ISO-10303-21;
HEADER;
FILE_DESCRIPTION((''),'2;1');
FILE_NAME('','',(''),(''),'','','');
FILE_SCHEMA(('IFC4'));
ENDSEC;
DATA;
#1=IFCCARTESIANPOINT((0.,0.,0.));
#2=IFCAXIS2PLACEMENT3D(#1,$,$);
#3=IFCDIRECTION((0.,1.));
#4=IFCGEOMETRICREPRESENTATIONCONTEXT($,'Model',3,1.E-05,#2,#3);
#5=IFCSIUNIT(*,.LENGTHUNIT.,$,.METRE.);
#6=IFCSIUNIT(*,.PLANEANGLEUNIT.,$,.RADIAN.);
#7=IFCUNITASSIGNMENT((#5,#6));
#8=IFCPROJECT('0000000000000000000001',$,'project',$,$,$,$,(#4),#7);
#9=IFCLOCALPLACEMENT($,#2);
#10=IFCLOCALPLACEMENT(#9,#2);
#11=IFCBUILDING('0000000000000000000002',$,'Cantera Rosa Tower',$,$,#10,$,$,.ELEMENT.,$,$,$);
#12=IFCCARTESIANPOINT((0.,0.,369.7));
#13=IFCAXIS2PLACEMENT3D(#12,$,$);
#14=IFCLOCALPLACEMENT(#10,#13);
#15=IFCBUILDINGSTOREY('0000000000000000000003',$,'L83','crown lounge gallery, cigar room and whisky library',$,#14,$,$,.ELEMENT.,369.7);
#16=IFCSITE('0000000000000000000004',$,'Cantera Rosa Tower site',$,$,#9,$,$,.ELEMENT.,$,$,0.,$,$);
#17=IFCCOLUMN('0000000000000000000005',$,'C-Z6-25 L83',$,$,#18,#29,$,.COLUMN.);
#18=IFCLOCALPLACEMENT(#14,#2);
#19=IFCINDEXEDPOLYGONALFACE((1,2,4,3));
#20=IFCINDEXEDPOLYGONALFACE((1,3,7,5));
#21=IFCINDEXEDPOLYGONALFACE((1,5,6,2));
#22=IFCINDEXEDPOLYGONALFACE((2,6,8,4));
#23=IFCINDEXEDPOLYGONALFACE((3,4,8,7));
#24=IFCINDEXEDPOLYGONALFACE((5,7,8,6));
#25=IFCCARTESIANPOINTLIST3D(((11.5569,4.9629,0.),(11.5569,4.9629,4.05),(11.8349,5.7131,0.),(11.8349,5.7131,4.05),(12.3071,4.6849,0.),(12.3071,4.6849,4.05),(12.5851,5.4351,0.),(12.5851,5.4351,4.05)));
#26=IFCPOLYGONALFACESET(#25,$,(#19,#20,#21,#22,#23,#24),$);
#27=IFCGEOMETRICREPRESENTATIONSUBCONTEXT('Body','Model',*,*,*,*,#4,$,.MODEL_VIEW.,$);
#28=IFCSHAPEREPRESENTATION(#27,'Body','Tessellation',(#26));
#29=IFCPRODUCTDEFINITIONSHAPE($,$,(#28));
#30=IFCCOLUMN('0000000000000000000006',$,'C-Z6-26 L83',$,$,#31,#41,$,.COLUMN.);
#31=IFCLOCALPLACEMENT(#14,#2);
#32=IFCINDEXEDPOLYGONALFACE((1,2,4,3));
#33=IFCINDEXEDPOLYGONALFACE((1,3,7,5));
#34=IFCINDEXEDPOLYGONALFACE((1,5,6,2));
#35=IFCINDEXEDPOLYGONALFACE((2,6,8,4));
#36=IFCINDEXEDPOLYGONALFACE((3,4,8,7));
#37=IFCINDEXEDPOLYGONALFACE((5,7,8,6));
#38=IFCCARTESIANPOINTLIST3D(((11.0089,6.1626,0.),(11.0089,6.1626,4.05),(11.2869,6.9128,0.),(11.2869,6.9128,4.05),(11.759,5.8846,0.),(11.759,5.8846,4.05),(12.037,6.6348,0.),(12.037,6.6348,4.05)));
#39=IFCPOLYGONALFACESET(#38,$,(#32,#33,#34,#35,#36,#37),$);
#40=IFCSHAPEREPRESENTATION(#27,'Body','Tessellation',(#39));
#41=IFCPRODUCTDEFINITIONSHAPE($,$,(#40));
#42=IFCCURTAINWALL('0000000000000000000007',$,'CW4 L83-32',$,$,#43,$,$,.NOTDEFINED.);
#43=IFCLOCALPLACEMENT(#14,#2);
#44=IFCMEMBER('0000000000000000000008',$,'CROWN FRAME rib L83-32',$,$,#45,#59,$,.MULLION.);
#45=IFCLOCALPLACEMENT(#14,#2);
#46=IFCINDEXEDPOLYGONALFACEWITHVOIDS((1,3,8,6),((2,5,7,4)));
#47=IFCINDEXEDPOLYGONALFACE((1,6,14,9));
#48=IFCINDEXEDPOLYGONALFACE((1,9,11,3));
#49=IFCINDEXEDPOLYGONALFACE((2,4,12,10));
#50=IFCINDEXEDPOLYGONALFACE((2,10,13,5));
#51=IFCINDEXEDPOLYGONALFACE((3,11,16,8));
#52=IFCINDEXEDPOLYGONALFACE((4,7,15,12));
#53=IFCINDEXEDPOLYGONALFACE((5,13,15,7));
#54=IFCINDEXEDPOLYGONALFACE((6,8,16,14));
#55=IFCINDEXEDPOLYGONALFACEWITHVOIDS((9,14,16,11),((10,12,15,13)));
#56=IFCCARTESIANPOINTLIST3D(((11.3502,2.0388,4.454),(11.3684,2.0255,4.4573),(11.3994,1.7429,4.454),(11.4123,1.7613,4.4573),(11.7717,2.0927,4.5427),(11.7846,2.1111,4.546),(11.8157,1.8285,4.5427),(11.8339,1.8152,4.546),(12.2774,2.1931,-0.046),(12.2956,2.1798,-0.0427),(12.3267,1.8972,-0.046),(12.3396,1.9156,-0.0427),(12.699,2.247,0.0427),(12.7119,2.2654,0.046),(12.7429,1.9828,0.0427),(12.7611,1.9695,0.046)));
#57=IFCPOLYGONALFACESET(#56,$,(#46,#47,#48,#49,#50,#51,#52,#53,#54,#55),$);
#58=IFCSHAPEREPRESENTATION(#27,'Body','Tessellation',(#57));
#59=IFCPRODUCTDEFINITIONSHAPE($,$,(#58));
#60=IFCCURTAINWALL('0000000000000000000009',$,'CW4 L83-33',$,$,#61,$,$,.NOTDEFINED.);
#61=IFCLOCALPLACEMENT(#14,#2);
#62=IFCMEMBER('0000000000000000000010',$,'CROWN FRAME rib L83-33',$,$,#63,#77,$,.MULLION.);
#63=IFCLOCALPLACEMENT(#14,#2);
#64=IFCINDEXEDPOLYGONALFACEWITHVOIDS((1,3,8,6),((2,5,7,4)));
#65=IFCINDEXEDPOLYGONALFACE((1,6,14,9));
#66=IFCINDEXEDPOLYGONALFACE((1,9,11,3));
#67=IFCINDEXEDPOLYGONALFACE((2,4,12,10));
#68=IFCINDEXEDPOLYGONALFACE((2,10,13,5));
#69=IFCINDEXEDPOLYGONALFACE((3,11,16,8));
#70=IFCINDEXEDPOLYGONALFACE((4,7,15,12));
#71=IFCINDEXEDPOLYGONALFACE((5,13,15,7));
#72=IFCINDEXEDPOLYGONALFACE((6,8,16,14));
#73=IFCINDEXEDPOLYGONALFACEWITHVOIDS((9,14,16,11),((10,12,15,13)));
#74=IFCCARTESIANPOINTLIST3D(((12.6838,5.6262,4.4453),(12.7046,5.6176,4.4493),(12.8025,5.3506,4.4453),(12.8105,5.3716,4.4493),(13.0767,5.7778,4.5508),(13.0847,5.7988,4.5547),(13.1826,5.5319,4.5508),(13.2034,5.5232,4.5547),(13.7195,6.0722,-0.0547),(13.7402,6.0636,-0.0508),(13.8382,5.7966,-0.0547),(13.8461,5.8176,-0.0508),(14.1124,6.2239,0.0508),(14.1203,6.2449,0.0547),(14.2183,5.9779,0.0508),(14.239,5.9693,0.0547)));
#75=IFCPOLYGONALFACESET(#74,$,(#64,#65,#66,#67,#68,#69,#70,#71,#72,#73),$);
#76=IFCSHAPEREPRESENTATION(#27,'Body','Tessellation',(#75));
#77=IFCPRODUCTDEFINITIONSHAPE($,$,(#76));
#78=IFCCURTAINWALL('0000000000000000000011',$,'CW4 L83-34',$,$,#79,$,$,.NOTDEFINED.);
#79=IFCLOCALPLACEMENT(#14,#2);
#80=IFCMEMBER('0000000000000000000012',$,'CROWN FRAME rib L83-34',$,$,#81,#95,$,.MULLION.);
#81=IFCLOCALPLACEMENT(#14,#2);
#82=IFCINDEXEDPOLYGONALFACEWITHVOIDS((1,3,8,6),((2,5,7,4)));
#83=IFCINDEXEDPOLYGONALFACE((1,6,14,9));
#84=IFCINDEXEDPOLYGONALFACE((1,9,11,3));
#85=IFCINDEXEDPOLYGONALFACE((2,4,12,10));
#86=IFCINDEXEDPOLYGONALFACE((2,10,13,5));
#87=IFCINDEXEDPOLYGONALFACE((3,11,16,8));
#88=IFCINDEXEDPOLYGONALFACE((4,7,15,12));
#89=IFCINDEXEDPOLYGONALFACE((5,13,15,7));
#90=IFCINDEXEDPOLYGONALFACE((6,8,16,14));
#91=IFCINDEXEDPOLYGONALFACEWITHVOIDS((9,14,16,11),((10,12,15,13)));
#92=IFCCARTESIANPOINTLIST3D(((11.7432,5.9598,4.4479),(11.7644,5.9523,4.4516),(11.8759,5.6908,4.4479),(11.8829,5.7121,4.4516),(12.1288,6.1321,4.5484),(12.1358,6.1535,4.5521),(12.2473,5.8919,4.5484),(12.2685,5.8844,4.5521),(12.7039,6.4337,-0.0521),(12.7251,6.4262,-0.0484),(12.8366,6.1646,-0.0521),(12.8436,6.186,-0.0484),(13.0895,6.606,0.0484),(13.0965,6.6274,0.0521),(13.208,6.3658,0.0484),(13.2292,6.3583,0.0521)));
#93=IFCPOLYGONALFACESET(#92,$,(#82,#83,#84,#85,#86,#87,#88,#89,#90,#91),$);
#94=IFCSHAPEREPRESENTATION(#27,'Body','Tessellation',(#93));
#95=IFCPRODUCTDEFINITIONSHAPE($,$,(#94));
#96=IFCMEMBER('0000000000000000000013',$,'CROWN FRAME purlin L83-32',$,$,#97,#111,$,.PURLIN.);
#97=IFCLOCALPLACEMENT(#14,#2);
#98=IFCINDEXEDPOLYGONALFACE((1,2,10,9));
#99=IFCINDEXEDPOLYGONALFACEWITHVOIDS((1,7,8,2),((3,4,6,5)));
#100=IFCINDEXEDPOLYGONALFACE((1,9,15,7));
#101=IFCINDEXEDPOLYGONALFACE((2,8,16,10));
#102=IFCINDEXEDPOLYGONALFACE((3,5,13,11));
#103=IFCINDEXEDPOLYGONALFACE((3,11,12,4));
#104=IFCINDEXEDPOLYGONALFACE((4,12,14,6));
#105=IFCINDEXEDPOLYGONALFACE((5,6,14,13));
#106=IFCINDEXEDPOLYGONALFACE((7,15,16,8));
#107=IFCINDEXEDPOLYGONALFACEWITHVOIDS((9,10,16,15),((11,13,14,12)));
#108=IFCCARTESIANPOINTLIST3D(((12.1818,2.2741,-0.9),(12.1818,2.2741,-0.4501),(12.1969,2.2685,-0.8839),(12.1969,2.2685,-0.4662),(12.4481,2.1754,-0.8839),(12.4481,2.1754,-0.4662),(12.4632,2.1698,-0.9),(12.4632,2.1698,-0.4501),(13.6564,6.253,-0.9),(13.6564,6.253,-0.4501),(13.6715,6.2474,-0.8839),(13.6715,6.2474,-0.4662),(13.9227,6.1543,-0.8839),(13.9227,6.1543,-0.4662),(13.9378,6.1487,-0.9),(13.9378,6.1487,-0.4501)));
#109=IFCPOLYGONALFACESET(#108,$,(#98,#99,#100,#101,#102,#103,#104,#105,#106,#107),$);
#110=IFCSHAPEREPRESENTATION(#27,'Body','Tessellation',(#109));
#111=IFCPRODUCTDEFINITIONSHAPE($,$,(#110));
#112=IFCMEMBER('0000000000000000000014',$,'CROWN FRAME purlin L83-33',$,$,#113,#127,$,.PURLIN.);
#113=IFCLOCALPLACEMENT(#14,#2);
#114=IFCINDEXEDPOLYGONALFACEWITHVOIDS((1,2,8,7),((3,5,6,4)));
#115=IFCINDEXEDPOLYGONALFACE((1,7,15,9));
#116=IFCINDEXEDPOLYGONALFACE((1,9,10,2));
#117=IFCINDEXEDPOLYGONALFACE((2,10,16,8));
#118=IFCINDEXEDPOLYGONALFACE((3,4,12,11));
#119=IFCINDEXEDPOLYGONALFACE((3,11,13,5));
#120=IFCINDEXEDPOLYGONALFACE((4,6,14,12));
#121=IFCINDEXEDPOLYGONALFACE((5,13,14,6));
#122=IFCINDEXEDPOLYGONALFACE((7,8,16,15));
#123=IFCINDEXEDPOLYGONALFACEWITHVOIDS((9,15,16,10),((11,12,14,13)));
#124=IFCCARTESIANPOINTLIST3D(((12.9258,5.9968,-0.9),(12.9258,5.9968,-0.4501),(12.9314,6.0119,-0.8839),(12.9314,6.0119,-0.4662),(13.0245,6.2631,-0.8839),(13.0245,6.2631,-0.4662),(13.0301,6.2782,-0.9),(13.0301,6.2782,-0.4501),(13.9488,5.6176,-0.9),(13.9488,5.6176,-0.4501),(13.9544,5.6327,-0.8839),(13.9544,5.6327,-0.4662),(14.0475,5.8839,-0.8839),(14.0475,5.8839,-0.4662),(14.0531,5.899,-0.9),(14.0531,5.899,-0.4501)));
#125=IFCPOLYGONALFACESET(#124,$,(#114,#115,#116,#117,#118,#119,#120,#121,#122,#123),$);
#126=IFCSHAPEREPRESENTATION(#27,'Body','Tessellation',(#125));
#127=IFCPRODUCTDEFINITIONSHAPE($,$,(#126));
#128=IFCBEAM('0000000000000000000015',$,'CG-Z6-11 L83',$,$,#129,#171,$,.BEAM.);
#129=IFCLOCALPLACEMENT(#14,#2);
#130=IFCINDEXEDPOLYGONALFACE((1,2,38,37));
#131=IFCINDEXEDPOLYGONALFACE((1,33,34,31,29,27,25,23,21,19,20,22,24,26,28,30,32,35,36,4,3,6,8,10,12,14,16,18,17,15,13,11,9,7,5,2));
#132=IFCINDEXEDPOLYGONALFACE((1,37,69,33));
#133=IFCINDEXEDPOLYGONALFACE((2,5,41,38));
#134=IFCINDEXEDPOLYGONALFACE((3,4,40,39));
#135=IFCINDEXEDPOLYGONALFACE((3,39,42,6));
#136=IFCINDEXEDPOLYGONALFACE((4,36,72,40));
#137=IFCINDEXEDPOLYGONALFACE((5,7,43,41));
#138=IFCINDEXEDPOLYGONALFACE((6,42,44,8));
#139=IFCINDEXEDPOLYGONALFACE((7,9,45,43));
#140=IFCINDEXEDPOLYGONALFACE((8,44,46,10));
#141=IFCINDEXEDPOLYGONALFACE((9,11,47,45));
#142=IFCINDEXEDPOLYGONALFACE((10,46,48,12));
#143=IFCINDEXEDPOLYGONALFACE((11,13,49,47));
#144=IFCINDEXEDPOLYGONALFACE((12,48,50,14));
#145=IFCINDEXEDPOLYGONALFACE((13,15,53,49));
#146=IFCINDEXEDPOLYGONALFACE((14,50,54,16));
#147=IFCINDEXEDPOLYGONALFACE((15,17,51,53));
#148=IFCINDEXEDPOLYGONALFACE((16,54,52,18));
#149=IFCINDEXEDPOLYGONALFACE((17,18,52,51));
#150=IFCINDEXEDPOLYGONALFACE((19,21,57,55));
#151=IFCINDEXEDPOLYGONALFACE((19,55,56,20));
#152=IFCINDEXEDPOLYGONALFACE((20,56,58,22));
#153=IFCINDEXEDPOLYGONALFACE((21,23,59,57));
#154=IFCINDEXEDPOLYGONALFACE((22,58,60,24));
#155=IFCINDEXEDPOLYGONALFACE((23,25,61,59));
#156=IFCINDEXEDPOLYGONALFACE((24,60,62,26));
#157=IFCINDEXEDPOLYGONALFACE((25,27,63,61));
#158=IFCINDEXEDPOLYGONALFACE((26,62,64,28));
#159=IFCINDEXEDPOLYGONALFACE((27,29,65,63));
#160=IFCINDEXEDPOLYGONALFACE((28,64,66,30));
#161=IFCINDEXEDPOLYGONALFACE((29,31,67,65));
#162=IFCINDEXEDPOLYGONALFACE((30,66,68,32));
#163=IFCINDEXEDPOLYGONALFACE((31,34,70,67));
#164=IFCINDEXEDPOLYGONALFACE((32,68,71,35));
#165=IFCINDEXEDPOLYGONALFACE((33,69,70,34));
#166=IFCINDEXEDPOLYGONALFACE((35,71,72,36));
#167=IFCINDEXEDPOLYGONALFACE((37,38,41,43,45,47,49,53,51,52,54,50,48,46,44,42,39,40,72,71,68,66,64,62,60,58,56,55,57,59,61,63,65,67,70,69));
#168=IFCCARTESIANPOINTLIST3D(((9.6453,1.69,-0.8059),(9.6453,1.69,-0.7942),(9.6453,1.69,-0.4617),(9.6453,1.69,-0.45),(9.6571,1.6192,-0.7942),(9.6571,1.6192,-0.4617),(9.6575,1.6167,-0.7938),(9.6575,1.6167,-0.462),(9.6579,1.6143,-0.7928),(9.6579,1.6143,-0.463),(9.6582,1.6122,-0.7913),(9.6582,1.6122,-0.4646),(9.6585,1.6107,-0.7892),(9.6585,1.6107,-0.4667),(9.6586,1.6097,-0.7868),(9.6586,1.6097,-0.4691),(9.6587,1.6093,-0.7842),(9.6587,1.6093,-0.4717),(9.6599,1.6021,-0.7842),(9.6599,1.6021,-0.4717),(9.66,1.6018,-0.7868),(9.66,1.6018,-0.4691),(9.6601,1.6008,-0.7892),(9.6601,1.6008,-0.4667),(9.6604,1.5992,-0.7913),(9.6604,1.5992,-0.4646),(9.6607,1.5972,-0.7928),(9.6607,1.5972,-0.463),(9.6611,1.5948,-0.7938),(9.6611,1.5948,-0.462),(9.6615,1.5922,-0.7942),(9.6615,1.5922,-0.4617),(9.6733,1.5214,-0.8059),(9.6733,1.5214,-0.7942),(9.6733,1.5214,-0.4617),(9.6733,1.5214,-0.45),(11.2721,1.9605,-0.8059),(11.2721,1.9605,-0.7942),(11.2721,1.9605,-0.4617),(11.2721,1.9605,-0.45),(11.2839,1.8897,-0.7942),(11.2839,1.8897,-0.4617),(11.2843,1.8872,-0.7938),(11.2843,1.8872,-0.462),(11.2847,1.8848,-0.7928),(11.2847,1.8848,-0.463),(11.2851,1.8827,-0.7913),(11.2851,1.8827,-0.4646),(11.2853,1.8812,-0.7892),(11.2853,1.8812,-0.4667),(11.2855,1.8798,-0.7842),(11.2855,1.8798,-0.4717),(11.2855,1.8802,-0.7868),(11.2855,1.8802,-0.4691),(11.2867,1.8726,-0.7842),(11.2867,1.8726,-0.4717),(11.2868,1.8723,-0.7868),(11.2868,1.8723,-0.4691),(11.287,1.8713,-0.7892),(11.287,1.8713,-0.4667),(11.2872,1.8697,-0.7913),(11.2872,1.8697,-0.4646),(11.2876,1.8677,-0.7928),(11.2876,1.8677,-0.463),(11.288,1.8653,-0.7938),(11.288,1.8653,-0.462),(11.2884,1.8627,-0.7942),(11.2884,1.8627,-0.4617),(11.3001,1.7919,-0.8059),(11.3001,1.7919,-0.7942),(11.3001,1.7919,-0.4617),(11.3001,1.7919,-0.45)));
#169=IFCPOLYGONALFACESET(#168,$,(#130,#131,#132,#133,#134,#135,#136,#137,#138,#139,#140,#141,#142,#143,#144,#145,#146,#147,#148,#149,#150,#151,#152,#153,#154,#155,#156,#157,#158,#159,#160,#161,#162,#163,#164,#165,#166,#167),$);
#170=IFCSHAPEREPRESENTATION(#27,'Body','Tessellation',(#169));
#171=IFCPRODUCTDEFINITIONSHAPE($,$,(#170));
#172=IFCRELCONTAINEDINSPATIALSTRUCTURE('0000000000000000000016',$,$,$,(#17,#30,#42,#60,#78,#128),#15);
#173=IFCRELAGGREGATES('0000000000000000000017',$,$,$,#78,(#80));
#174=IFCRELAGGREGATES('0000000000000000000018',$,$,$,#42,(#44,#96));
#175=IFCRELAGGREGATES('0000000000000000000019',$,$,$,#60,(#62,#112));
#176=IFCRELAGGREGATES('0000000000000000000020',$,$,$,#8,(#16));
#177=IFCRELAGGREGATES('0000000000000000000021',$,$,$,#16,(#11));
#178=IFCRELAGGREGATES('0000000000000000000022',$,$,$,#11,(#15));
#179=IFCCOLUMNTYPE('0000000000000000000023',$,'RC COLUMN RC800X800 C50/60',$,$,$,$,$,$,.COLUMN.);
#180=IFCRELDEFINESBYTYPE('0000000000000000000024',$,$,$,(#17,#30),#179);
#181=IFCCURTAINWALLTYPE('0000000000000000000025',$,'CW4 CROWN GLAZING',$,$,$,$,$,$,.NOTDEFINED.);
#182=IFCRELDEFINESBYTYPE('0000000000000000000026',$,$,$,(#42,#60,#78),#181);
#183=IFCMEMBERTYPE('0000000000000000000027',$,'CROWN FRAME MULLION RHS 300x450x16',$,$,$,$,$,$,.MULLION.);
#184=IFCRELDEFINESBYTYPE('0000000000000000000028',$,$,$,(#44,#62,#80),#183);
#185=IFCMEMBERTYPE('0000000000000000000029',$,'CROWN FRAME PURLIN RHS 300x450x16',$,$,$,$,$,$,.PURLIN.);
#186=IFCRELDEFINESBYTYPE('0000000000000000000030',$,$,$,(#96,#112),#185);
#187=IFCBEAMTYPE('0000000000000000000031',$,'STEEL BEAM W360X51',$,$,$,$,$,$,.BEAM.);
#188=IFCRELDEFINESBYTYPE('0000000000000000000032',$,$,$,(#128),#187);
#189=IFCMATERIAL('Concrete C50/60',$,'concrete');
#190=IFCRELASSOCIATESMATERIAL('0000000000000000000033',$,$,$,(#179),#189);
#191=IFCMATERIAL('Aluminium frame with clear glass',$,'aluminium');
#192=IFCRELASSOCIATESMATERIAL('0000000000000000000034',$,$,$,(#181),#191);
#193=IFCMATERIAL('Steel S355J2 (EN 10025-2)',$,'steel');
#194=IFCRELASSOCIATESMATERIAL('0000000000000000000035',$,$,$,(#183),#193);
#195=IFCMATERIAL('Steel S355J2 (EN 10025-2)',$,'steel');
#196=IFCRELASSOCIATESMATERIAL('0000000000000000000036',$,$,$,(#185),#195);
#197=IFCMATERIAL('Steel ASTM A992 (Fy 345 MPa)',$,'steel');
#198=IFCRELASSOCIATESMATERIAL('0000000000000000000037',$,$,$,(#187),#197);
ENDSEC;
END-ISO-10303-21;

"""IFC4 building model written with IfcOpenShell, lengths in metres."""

from ifc_helpers import new_model, si_unit, direction, frame, origin, origin_2d, place, context, subcontext, project, spatial, rectangle, hollow_rectangle, i_section, extrude, material, material_profile, profile_set, type_object, element, aggregate, save


model = new_model("IFC4")

# Units and contexts
model_context = context("Model", 3, precision=1e-05, world=origin(), true_north=direction((0.0, 1.0)))
body_context = subcontext(model_context, "Body", "Model", "MODEL_VIEW")
ifc_project = project(units=[si_unit("LENGTHUNIT", "METRE"), si_unit("PLANEANGLEUNIT", "RADIAN")], contexts=[model_context])

# Site, building, storey
site_placement = place(None, origin())
site = spatial("IfcSite", under=ifc_project, at=site_placement, Name="Cantera Rosa Tower site", CompositionType="ELEMENT", RefElevation=0.0)
building_placement = place(site_placement, origin())
building = spatial("IfcBuilding", under=site, at=building_placement, Name="Cantera Rosa Tower", CompositionType="ELEMENT")
storey_placement = place(building_placement, frame((0.0, 0.0, 369.7)))
storey = spatial("IfcBuildingStorey", under=building, at=storey_placement, Name="L83", Description="crown lounge gallery, cigar room and whisky library", CompositionType="ELEMENT", Elevation=369.7)

# Columns
ifc_material_1 = material(Name="Concrete C50/60", Category="concrete")
ifc_material_profile_1 = material_profile(ifc_material_1, rectangle(XDim=0.8, YDim=0.8, at=origin_2d()), Name="RC COLUMN RC800X800 C50/60")
ifc_profile_set_1 = profile_set([ifc_material_profile_1], Name="Concrete C50/60")
column_type = type_object("IfcColumnType", Name="RC COLUMN RC800X800 C50/60", PredefinedType="COLUMN", material=ifc_profile_set_1)
for number, where, z_axis, x_axis, name in (
    (1, (12.071, 5.199, 0.0), (0.0, 0.0, 1.0), (0.347481, 0.937687, 0.0), "C-Z6-25 L83"),
    (2, (11.5229, 6.3987, 0.0), (0.0, 0.0, 1.0), (0.347481, 0.937687, 0.0), "C-Z6-26 L83"),
):
    element("IfcColumn", number, at=place(storey_placement, frame(where, z_axis=z_axis, x_axis=x_axis)), inside=storey, type_object=column_type, Name=name, PredefinedType="COLUMN", context=body_context, shape_type="SweptSolid", body=[
        extrude(rectangle(XDim=0.8, YDim=0.8, at=origin_2d()), origin(), (0.0, 0.0, 1.0), 4.05),
    ])

# Curtain walls, members
ifc_material_2 = material(Name="Aluminium frame with clear glass", Category="aluminium")
curtain_wall_type = type_object("IfcCurtainWallType", Name="CW4 CROWN GLAZING", PredefinedType="NOTDEFINED", material=ifc_material_2)
curtain_wall_1_placement = place(storey_placement, origin())
curtain_wall_1 = element("IfcCurtainWall", 3, at=curtain_wall_1_placement, inside=storey, type_object=curtain_wall_type, Name="CW4 L83-32", PredefinedType="NOTDEFINED")
ifc_material_3 = material(Name="Steel S355J2 (EN 10025-2)", Category="steel")
ifc_material_profile_2 = material_profile(ifc_material_3, hollow_rectangle(XDim=0.3, YDim=0.45, WallThickness=0.0161, at=origin_2d()), Name="CROWN FRAME MULLION RHS 300x450x16")
ifc_profile_set_2 = profile_set([ifc_material_profile_2], Name="Steel S355J2 (EN 10025-2)")
member_type_1 = type_object("IfcMemberType", Name="CROWN FRAME MULLION RHS 300x450x16", PredefinedType="MULLION", material=ifc_profile_set_2)
member_1_placement = place(storey_placement, frame((12.5193, 2.0813, 0.0), z_axis=(-0.201701, -0.033564, 0.978872), x_axis=(0.164146, -0.986436, 0.0)))
member_1 = element("IfcMember", 4, at=member_1_placement, type_object=member_type_1, Name="CROWN FRAME rib L83-32", PredefinedType="MULLION", context=body_context, shape_type="SweptSolid", body=[
    extrude(hollow_rectangle(XDim=0.3, YDim=0.45, WallThickness=0.0161, at=origin_2d()), origin(), (0.0, 0.0, 1.0), 4.5972),
])
curtain_wall_2_placement = place(storey_placement, origin())
curtain_wall_2 = element("IfcCurtainWall", 5, at=curtain_wall_2_placement, inside=storey, type_object=curtain_wall_type, Name="CW4 L83-33", PredefinedType="NOTDEFINED")
member_2_placement = place(storey_placement, frame((13.9792, 6.0208, 0.0), z_axis=(-0.223241, -0.096148, 0.97001), x_axis=(0.395565, -0.918438, 0.0)))
member_2 = element("IfcMember", 6, at=member_2_placement, type_object=member_type_1, Name="CROWN FRAME rib L83-33", PredefinedType="MULLION", context=body_context, shape_type="SweptSolid", body=[
    extrude(hollow_rectangle(XDim=0.3, YDim=0.45, WallThickness=0.0161, at=origin_2d()), origin(), (0.0, 0.0, 1.0), 4.6392),
])
curtain_wall_3_placement = place(storey_placement, origin())
curtain_wall_3 = element("IfcCurtainWall", 7, at=curtain_wall_3_placement, inside=storey, type_object=curtain_wall_type, Name="CW4 L83-34", PredefinedType="NOTDEFINED")
member_3_placement = place(storey_placement, frame((12.9666, 6.396, 0.0), z_axis=(-0.207684, -0.102443, 0.972817), x_axis=(0.442375, -0.89683, 0.0)))
member_3 = element("IfcMember", 8, at=member_3_placement, type_object=member_type_1, Name="CROWN FRAME rib L83-34", PredefinedType="MULLION", context=body_context, shape_type="SweptSolid", body=[
    extrude(hollow_rectangle(XDim=0.3, YDim=0.45, WallThickness=0.0161, at=origin_2d()), origin(), (0.0, 0.0, 1.0), 4.6257),
])

# Members
ifc_material_4 = material(Name="Steel S355J2 (EN 10025-2)", Category="steel")
ifc_material_profile_3 = material_profile(ifc_material_4, hollow_rectangle(XDim=0.3, YDim=0.45, WallThickness=0.0161, at=origin_2d()), Name="CROWN FRAME PURLIN RHS 300x450x16")
ifc_profile_set_3 = profile_set([ifc_material_profile_3], Name="Steel S355J2 (EN 10025-2)")
member_type_2 = type_object("IfcMemberType", Name="CROWN FRAME PURLIN RHS 300x450x16", PredefinedType="PURLIN", material=ifc_profile_set_3)
member_4_placement = place(storey_placement, frame((12.3225, 2.2219, -0.675), z_axis=(0.347502, 0.937679, 0.0), x_axis=(-0.937679, 0.347502, 0.0)))
member_4 = element("IfcMember", 9, at=member_4_placement, type_object=member_type_2, Name="CROWN FRAME purlin L83-32", PredefinedType="PURLIN", context=body_context, shape_type="SweptSolid", body=[
    extrude(hollow_rectangle(XDim=0.3, YDim=0.45, WallThickness=0.0161, at=origin_2d()), origin(), (0.0, 0.0, 1.0), 4.2434),
])
member_5_placement = place(storey_placement, frame((14.001, 5.7583, -0.675), z_axis=(-0.937665, 0.34754, 0.0), x_axis=(-0.34754, -0.937665, 0.0)))
member_5 = element("IfcMember", 10, at=member_5_placement, type_object=member_type_2, Name="CROWN FRAME purlin L83-33", PredefinedType="PURLIN", context=body_context, shape_type="SweptSolid", body=[
    extrude(hollow_rectangle(XDim=0.3, YDim=0.45, WallThickness=0.0161, at=origin_2d()), origin(), (0.0, 0.0, 1.0), 1.0911),
])

# Beam
ifc_material_5 = material(Name="Steel ASTM A992 (Fy 345 MPa)", Category="steel")
ifc_material_profile_4 = material_profile(ifc_material_5, i_section(OverallWidth=0.1709, OverallDepth=0.356, WebThickness=0.0073, FlangeThickness=0.0117, FilletRadius=0.01, at=origin_2d()), Name="W360X51")
ifc_profile_set_4 = profile_set([ifc_material_profile_4], Name="Steel ASTM A992 (Fy 345 MPa)")
beam_type_1 = type_object("IfcBeamType", Name="STEEL BEAM W360X51", PredefinedType="BEAM", material=ifc_profile_set_4)
beam_1_placement = place(storey_placement, frame((11.2861, 1.8762, -0.6279), z_axis=(-0.986458, -0.164015, 0.0), x_axis=(0.164015, -0.986458, 0.0)))
element("IfcBeam", 11, at=beam_1_placement, inside=storey, type_object=beam_type_1, Name="CG-Z6-11 L83", PredefinedType="BEAM", context=body_context, shape_type="SweptSolid", body=[
    extrude(i_section(OverallWidth=0.1709, OverallDepth=0.356, WebThickness=0.0073, FlangeThickness=0.0117, FilletRadius=0.01, at=origin_2d()), origin(), (0.0, 0.0, 1.0), 1.6492),
])

aggregate(curtain_wall_3, [member_3])

aggregate(curtain_wall_1, [member_1, member_4])
aggregate(curtain_wall_2, [member_2, member_5])

save(model, "model.ifc")
